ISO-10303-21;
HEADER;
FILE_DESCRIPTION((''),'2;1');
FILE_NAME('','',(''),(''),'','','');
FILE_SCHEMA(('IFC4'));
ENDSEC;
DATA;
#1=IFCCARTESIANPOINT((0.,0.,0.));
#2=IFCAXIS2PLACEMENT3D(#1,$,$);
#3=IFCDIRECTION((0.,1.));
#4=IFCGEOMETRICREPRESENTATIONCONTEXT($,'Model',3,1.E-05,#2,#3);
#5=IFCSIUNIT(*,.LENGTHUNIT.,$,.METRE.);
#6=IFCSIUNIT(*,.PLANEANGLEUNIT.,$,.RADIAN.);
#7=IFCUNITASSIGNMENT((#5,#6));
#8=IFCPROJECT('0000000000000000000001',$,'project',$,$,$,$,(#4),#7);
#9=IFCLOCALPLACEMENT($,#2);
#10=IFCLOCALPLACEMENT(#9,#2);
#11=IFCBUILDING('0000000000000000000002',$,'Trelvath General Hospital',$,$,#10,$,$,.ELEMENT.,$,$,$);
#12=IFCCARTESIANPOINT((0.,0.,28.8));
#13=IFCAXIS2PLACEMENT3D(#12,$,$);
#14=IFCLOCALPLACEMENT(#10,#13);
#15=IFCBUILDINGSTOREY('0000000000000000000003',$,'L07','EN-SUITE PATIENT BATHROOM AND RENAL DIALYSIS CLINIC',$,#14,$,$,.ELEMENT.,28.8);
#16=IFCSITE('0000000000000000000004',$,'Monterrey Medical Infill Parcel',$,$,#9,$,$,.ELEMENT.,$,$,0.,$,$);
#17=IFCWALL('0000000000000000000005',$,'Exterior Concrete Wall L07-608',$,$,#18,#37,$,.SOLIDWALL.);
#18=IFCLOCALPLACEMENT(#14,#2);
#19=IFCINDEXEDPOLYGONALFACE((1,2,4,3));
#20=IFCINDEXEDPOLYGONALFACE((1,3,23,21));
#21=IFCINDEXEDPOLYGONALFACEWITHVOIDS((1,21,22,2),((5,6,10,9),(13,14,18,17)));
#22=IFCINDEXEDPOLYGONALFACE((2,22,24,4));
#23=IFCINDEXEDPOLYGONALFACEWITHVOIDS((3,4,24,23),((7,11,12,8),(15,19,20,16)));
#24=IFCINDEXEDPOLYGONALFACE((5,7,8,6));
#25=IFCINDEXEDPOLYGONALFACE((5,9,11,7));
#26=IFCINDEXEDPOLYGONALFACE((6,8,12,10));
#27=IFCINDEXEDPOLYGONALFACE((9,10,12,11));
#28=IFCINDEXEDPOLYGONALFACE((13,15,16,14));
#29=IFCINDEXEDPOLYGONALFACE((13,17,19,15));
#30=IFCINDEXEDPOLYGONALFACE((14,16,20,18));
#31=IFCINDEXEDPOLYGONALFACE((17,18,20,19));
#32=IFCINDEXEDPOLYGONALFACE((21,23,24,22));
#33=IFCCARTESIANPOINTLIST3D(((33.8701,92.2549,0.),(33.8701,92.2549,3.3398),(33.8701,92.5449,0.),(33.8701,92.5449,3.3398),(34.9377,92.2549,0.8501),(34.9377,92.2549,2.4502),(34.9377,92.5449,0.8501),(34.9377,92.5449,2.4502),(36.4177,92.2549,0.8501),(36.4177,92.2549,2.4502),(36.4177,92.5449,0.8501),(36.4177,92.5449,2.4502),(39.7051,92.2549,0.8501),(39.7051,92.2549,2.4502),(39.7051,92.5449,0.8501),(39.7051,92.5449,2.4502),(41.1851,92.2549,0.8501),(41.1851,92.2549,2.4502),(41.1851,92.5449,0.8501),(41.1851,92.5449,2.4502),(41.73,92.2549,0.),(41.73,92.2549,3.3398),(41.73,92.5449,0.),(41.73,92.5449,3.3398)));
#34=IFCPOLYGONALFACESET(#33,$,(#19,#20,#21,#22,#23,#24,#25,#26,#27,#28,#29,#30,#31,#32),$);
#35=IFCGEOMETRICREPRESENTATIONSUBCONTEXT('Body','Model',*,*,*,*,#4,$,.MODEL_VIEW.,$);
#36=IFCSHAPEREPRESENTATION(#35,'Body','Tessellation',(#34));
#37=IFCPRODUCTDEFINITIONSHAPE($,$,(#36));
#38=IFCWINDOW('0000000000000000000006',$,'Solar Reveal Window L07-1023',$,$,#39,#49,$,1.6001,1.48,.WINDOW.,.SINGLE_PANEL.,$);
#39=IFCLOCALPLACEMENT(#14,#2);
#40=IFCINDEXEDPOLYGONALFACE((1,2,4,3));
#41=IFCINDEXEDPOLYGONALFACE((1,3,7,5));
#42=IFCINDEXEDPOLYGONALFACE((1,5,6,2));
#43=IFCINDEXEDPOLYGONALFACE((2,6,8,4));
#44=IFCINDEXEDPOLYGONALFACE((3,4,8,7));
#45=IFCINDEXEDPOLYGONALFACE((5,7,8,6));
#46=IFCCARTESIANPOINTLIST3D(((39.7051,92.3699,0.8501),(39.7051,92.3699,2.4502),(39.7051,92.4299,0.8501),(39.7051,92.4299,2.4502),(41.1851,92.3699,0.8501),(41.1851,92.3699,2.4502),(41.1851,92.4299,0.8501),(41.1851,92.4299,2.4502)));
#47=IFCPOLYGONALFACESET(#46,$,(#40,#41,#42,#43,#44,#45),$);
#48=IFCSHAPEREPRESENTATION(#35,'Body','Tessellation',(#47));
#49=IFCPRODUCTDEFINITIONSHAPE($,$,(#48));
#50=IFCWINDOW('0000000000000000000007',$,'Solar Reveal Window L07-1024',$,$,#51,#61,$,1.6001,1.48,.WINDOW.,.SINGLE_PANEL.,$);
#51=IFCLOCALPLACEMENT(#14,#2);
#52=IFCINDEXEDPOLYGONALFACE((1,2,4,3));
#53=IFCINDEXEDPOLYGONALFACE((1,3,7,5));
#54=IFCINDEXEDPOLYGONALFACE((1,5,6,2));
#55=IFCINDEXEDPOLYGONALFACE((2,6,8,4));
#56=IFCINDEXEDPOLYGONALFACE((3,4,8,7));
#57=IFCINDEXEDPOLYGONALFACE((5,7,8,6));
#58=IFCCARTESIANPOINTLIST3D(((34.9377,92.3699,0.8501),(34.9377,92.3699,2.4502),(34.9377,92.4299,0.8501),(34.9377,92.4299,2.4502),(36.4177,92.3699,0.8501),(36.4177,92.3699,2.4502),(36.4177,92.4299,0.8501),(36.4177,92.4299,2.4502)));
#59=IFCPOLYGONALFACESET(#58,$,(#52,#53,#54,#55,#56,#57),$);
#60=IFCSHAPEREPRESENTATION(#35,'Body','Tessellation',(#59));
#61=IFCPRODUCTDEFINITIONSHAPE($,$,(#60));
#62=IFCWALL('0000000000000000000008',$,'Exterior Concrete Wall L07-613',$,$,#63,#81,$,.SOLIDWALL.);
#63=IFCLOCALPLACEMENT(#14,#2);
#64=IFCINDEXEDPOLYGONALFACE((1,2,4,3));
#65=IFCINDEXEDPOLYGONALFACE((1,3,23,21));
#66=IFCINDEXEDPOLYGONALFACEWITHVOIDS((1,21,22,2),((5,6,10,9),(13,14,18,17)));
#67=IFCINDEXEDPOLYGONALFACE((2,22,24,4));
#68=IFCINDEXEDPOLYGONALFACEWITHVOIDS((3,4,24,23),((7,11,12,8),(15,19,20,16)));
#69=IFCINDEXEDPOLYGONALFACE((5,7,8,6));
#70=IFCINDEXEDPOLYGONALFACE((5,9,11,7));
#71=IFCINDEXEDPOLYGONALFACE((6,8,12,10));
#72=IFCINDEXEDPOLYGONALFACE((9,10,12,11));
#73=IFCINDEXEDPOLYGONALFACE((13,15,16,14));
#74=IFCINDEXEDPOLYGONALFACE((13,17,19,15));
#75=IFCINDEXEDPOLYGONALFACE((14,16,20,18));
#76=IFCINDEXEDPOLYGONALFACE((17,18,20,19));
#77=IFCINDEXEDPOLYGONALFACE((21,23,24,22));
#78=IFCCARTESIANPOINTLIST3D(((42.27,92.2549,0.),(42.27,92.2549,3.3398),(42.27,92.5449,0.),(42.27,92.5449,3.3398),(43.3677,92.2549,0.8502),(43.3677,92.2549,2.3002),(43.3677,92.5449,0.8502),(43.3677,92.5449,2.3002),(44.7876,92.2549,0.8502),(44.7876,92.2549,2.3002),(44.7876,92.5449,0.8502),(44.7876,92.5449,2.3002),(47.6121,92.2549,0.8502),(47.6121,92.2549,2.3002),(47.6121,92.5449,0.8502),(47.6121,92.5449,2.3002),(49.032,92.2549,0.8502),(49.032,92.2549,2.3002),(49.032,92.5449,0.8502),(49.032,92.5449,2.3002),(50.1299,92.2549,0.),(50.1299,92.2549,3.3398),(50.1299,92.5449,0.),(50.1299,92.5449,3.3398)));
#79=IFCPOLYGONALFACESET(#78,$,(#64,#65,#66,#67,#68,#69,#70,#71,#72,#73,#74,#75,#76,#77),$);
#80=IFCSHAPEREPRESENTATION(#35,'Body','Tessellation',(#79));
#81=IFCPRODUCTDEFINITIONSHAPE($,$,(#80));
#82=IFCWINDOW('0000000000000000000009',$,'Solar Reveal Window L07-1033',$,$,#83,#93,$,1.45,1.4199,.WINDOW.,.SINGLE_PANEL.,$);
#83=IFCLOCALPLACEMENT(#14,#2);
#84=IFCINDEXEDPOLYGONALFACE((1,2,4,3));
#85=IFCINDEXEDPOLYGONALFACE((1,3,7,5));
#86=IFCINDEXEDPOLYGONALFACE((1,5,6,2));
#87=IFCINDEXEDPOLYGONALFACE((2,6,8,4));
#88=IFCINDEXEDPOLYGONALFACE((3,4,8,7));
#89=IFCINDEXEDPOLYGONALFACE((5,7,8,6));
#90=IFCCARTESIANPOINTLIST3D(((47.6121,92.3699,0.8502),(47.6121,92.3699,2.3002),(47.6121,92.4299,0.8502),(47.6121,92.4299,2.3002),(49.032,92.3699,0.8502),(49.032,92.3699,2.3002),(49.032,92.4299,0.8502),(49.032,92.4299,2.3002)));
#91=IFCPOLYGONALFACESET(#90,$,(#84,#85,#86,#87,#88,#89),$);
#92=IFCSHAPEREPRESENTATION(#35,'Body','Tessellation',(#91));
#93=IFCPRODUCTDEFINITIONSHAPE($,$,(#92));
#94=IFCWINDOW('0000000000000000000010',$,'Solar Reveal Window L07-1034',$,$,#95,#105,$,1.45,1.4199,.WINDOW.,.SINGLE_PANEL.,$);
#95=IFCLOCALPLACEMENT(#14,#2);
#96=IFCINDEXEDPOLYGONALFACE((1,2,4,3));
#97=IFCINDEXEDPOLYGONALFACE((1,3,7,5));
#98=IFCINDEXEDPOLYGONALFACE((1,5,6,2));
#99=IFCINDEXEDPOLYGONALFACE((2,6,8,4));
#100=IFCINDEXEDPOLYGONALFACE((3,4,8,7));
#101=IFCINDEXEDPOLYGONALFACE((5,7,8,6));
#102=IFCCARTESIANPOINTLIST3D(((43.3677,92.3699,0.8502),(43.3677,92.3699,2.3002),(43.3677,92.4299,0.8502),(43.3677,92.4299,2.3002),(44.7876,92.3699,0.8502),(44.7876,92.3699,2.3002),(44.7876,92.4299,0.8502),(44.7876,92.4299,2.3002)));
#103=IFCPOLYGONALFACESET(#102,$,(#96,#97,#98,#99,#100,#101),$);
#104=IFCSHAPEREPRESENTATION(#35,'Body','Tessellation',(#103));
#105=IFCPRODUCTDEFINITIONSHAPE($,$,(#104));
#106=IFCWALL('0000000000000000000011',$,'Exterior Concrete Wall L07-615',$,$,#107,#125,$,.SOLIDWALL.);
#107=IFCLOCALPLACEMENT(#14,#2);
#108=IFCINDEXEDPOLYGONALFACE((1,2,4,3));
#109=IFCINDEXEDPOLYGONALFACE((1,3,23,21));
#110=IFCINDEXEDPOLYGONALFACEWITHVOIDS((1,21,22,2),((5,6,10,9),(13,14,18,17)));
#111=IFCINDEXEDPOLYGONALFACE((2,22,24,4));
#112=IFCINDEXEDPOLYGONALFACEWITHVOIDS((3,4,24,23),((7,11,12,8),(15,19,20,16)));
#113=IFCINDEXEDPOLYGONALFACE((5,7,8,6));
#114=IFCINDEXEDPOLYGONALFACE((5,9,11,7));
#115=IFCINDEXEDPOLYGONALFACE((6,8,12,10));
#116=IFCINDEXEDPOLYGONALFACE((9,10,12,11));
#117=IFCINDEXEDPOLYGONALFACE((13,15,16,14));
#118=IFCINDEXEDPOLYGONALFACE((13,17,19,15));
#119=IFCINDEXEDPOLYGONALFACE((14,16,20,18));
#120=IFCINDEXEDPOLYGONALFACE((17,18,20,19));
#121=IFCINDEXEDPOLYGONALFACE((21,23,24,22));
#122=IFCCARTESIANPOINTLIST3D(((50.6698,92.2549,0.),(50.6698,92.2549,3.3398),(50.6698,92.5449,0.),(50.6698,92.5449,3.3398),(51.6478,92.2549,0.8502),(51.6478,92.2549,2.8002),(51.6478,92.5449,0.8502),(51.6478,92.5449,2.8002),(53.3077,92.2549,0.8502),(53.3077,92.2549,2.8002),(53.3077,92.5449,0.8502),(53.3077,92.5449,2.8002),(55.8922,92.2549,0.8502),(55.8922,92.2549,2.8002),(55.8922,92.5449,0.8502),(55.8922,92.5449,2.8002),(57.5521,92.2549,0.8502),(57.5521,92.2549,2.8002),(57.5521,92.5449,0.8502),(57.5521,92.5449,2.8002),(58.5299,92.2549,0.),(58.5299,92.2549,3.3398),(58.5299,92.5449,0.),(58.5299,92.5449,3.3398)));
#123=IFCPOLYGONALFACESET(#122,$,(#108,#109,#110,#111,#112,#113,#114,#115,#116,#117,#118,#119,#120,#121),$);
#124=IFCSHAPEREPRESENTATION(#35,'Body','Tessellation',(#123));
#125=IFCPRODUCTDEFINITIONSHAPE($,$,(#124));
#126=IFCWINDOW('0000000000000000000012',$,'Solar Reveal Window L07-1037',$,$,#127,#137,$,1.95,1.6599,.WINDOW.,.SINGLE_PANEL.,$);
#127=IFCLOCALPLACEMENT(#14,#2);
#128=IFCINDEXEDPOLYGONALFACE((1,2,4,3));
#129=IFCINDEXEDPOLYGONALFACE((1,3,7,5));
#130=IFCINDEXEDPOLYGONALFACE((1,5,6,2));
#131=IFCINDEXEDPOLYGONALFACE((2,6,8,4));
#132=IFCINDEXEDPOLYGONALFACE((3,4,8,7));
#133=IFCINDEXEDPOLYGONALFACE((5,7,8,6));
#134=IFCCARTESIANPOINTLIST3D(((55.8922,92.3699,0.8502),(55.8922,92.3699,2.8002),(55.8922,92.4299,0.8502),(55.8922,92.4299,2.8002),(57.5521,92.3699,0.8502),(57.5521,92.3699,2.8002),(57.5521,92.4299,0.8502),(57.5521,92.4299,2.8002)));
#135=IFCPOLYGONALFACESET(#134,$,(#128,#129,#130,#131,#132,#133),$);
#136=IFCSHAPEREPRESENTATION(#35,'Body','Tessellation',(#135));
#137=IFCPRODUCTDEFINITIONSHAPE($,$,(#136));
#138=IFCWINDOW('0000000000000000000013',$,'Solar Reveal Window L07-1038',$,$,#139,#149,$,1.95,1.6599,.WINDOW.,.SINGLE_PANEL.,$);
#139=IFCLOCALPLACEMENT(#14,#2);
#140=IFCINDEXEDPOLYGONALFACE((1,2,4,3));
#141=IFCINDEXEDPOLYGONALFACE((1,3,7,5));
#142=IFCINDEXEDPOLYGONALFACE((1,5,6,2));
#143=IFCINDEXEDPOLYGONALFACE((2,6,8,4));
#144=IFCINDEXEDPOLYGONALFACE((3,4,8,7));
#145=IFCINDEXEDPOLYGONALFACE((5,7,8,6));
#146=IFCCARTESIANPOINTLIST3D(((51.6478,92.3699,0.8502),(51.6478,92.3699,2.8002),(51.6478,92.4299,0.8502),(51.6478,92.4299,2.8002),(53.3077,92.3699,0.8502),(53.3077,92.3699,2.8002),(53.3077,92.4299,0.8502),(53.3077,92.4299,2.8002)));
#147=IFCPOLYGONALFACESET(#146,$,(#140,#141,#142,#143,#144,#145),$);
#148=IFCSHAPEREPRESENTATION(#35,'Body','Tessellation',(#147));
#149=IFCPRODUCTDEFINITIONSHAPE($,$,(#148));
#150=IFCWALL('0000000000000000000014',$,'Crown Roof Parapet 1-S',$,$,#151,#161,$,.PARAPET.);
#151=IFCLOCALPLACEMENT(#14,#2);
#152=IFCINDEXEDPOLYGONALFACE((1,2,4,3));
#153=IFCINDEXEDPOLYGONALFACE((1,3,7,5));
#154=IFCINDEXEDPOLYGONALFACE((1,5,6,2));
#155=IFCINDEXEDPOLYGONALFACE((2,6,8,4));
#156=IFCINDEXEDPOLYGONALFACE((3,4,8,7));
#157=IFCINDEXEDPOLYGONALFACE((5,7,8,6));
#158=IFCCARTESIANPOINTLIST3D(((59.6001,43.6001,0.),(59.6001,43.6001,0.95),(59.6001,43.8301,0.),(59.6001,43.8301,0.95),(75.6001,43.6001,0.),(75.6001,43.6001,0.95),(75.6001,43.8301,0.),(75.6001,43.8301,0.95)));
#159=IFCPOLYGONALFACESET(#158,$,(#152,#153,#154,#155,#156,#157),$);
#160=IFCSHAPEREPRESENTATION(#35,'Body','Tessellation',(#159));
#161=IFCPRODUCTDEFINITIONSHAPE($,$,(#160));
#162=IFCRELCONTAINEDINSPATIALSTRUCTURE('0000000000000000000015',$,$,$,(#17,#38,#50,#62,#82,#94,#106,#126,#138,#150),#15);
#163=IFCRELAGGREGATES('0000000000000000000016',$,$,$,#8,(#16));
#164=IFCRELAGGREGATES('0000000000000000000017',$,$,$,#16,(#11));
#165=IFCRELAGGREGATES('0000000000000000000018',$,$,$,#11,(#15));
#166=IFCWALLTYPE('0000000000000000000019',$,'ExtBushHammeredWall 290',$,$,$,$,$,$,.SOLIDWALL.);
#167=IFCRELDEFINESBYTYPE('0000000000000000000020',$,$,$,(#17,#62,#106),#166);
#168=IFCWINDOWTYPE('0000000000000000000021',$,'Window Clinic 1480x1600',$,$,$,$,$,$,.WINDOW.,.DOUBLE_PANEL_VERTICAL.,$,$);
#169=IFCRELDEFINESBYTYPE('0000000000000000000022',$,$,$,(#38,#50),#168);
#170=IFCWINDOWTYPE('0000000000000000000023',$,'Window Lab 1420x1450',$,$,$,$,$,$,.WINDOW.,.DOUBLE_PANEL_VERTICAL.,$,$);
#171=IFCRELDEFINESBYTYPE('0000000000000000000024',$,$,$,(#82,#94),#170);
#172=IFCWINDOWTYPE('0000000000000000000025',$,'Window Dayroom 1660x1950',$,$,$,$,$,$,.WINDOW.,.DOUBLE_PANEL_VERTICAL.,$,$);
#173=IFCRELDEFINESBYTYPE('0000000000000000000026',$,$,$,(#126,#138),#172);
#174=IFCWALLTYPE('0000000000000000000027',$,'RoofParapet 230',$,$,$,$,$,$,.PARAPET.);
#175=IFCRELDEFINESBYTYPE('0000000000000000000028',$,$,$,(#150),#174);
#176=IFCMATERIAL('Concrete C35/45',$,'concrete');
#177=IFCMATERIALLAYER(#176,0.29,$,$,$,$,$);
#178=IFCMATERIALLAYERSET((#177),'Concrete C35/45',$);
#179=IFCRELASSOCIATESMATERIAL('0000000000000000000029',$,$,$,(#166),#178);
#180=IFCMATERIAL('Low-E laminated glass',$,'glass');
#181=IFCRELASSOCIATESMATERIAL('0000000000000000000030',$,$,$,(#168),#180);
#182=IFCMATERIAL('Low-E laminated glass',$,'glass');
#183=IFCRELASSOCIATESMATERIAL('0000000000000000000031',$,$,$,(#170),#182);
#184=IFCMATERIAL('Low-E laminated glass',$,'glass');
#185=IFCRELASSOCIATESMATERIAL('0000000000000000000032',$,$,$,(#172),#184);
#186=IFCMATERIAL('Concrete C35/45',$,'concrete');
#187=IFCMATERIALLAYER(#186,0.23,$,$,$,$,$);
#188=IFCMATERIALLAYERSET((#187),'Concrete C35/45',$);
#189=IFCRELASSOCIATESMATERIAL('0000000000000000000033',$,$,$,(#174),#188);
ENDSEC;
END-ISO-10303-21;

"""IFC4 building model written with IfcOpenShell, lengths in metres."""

from ifc_helpers import new_model, si_unit, direction, frame, frame_2d, origin, place, context, subcontext, project, spatial, rectangle, extrude, material, layer, layer_set, type_object, element, fill, save


model = new_model("IFC4")

# Units and contexts
model_context = context("Model", 3, precision=1e-05, world=origin(), true_north=direction((0.0, 1.0)))
body_context = subcontext(model_context, "Body", "Model", "MODEL_VIEW")
ifc_project = project(units=[si_unit("LENGTHUNIT", "METRE"), si_unit("PLANEANGLEUNIT", "RADIAN")], contexts=[model_context])

# Site, building, storey
site_placement = place(None, origin())
site = spatial("IfcSite", under=ifc_project, at=site_placement, Name="Monterrey Medical Infill Parcel", CompositionType="ELEMENT", RefElevation=0.0)
building_placement = place(site_placement, origin())
building = spatial("IfcBuilding", under=site, at=building_placement, Name="Trelvath General Hospital", CompositionType="ELEMENT")
storey_placement = place(building_placement, frame((0.0, 0.0, 28.8)))
storey = spatial("IfcBuildingStorey", under=building, at=storey_placement, Name="L07", Description="EN-SUITE PATIENT BATHROOM AND RENAL DIALYSIS CLINIC", CompositionType="ELEMENT", Elevation=28.8)

# Walls, openings, windows
ifc_material_1 = material(Name="Concrete C35/45", Category="concrete")
ifc_layer_1 = layer(ifc_material_1, 0.29)
ifc_layer_set_1 = layer_set([ifc_layer_1], Name="Concrete C35/45")
wall_type_1 = type_object("IfcWallType", Name="ExtBushHammeredWall 290", PredefinedType="SOLIDWALL", material=ifc_layer_set_1)
wall_1_placement = place(storey_placement, frame((41.73, 92.3999, 0.0), z_axis=(0.0, 0.0, 1.0), x_axis=(-1.0, 0.0, 0.0)))
wall_1 = element("IfcWall", 1, at=wall_1_placement, inside=storey, type_object=wall_type_1, Name="Exterior Concrete Wall L07-608", PredefinedType="SOLIDWALL", context=body_context, shape_type="SweptSolid", body=[
    extrude(rectangle(XDim=7.8599, YDim=0.29, at=frame_2d((3.9299, 0.0))), origin(), (0.0, 0.0, 1.0), 3.3398),
])
opening_1_placement = place(wall_1_placement, frame((0.5449, 0.0, 0.8501)))
opening_1 = element("IfcOpeningElement", 2, at=opening_1_placement, cuts=wall_1, PredefinedType="OPENING", context=body_context, shape_type="SweptSolid", body=[
    extrude(rectangle(XDim=1.48, YDim=1.6001, at=frame_2d((0.74, 0.8))), frame((0.0, 0.155, 0.0), z_axis=(0.0, -1.0, 0.0), x_axis=(1.0, 0.0, 0.0)), (0.0, 0.0, 1.0), 0.3101),
])
opening_2_placement = place(wall_1_placement, frame((5.3123, 0.0, 0.8501)))
opening_2 = element("IfcOpeningElement", 3, at=opening_2_placement, cuts=wall_1, PredefinedType="OPENING", context=body_context, shape_type="SweptSolid", body=[
    extrude(rectangle(XDim=1.48, YDim=1.6001, at=frame_2d((0.74, 0.8))), frame((0.0, 0.155, 0.0), z_axis=(0.0, -1.0, 0.0), x_axis=(1.0, 0.0, 0.0)), (0.0, 0.0, 1.0), 0.3101),
])
ifc_material_2 = material(Name="Low-E laminated glass", Category="glass")
window_type_1 = type_object("IfcWindowType", Name="Window Clinic 1480x1600", PartitioningType="DOUBLE_PANEL_VERTICAL", PredefinedType="WINDOW", material=ifc_material_2)
window_1_placement = place(opening_1_placement, origin())
window_1 = element("IfcWindow", 4, at=window_1_placement, inside=storey, type_object=window_type_1, Name="Solar Reveal Window L07-1023", OverallHeight=1.6001, OverallWidth=1.48, PartitioningType="SINGLE_PANEL", PredefinedType="WINDOW", context=body_context, shape_type="SweptSolid", body=[
    extrude(rectangle(XDim=1.48, YDim=1.6001, at=frame_2d((0.74, 0.8))), frame((0.0, 0.03, 0.0), z_axis=(0.0, -1.0, 0.0), x_axis=(1.0, 0.0, 0.0)), (0.0, 0.0, 1.0), 0.0601),
])
fill(opening_1, window_1)
window_2_placement = place(opening_2_placement, origin())
window_2 = element("IfcWindow", 5, at=window_2_placement, inside=storey, type_object=window_type_1, Name="Solar Reveal Window L07-1024", OverallHeight=1.6001, OverallWidth=1.48, PartitioningType="SINGLE_PANEL", PredefinedType="WINDOW", context=body_context, shape_type="SweptSolid", body=[
    extrude(rectangle(XDim=1.48, YDim=1.6001, at=frame_2d((0.74, 0.8))), frame((0.0, 0.03, 0.0), z_axis=(0.0, -1.0, 0.0), x_axis=(1.0, 0.0, 0.0)), (0.0, 0.0, 1.0), 0.0601),
])
fill(opening_2, window_2)
wall_2_placement = place(storey_placement, frame((50.1299, 92.3999, 0.0), z_axis=(0.0, 0.0, 1.0), x_axis=(-1.0, 0.0, 0.0)))
wall_2 = element("IfcWall", 6, at=wall_2_placement, inside=storey, type_object=wall_type_1, Name="Exterior Concrete Wall L07-613", PredefinedType="SOLIDWALL", context=body_context, shape_type="SweptSolid", body=[
    extrude(rectangle(XDim=7.8599, YDim=0.29, at=frame_2d((3.9299, 0.0))), origin(), (0.0, 0.0, 1.0), 3.3398),
])
opening_3_placement = place(wall_2_placement, frame((1.0979, 0.0, 0.8501)))
opening_3 = element("IfcOpeningElement", 7, at=opening_3_placement, cuts=wall_2, PredefinedType="OPENING", context=body_context, shape_type="SweptSolid", body=[
    extrude(rectangle(XDim=1.4199, YDim=1.45, at=frame_2d((0.71, 0.7251))), frame((0.0, 0.155, 0.0), z_axis=(0.0, -1.0, 0.0), x_axis=(1.0, 0.0, 0.0)), (0.0, 0.0, 1.0), 0.3101),
])
opening_4_placement = place(wall_2_placement, frame((5.3423, 0.0, 0.8501)))
opening_4 = element("IfcOpeningElement", 8, at=opening_4_placement, cuts=wall_2, PredefinedType="OPENING", context=body_context, shape_type="SweptSolid", body=[
    extrude(rectangle(XDim=1.4199, YDim=1.45, at=frame_2d((0.71, 0.7251))), frame((0.0, 0.155, 0.0), z_axis=(0.0, -1.0, 0.0), x_axis=(1.0, 0.0, 0.0)), (0.0, 0.0, 1.0), 0.3101),
])
ifc_material_3 = material(Name="Low-E laminated glass", Category="glass")
window_type_2 = type_object("IfcWindowType", Name="Window Lab 1420x1450", PartitioningType="DOUBLE_PANEL_VERTICAL", PredefinedType="WINDOW", material=ifc_material_3)
window_3_placement = place(opening_3_placement, origin())
window_3 = element("IfcWindow", 9, at=window_3_placement, inside=storey, type_object=window_type_2, Name="Solar Reveal Window L07-1033", OverallHeight=1.45, OverallWidth=1.4199, PartitioningType="SINGLE_PANEL", PredefinedType="WINDOW", context=body_context, shape_type="SweptSolid", body=[
    extrude(rectangle(XDim=1.4199, YDim=1.45, at=frame_2d((0.71, 0.7251))), frame((0.0, 0.03, 0.0), z_axis=(0.0, -1.0, 0.0), x_axis=(1.0, 0.0, 0.0)), (0.0, 0.0, 1.0), 0.0601),
])
fill(opening_3, window_3)
window_4_placement = place(opening_4_placement, origin())
window_4 = element("IfcWindow", 10, at=window_4_placement, inside=storey, type_object=window_type_2, Name="Solar Reveal Window L07-1034", OverallHeight=1.45, OverallWidth=1.4199, PartitioningType="SINGLE_PANEL", PredefinedType="WINDOW", context=body_context, shape_type="SweptSolid", body=[
    extrude(rectangle(XDim=1.4199, YDim=1.45, at=frame_2d((0.71, 0.7251))), frame((0.0, 0.03, 0.0), z_axis=(0.0, -1.0, 0.0), x_axis=(1.0, 0.0, 0.0)), (0.0, 0.0, 1.0), 0.0601),
])
fill(opening_4, window_4)
wall_3_placement = place(storey_placement, frame((58.53, 92.3999, 0.0), z_axis=(0.0, 0.0, 1.0), x_axis=(-1.0, 0.0, 0.0)))
wall_3 = element("IfcWall", 11, at=wall_3_placement, inside=storey, type_object=wall_type_1, Name="Exterior Concrete Wall L07-615", PredefinedType="SOLIDWALL", context=body_context, shape_type="SweptSolid", body=[
    extrude(rectangle(XDim=7.8601, YDim=0.29, at=frame_2d((3.9302, 0.0))), origin(), (0.0, 0.0, 1.0), 3.3398),
])
opening_5_placement = place(wall_3_placement, frame((0.9778, 0.0, 0.8501)))
opening_5 = element("IfcOpeningElement", 12, at=opening_5_placement, cuts=wall_3, PredefinedType="OPENING", context=body_context, shape_type="SweptSolid", body=[
    extrude(rectangle(XDim=1.6599, YDim=1.95, at=frame_2d((0.8301, 0.9751))), frame((0.0, 0.155, 0.0), z_axis=(0.0, -1.0, 0.0), x_axis=(1.0, 0.0, 0.0)), (0.0, 0.0, 1.0), 0.3101),
])
opening_6_placement = place(wall_3_placement, frame((5.2222, 0.0, 0.8501)))
opening_6 = element("IfcOpeningElement", 13, at=opening_6_placement, cuts=wall_3, PredefinedType="OPENING", context=body_context, shape_type="SweptSolid", body=[
    extrude(rectangle(XDim=1.6599, YDim=1.95, at=frame_2d((0.8301, 0.9751))), frame((0.0, 0.155, 0.0), z_axis=(0.0, -1.0, 0.0), x_axis=(1.0, 0.0, 0.0)), (0.0, 0.0, 1.0), 0.3101),
])
ifc_material_4 = material(Name="Low-E laminated glass", Category="glass")
window_type_3 = type_object("IfcWindowType", Name="Window Dayroom 1660x1950", PartitioningType="DOUBLE_PANEL_VERTICAL", PredefinedType="WINDOW", material=ifc_material_4)
window_5_placement = place(opening_5_placement, origin())
window_5 = element("IfcWindow", 14, at=window_5_placement, inside=storey, type_object=window_type_3, Name="Solar Reveal Window L07-1037", OverallHeight=1.95, OverallWidth=1.6599, PartitioningType="SINGLE_PANEL", PredefinedType="WINDOW", context=body_context, shape_type="SweptSolid", body=[
    extrude(rectangle(XDim=1.6599, YDim=1.95, at=frame_2d((0.8301, 0.9751))), frame((0.0, 0.03, 0.0), z_axis=(0.0, -1.0, 0.0), x_axis=(1.0, 0.0, 0.0)), (0.0, 0.0, 1.0), 0.0601),
])
fill(opening_5, window_5)
window_6_placement = place(opening_6_placement, origin())
window_6 = element("IfcWindow", 15, at=window_6_placement, inside=storey, type_object=window_type_3, Name="Solar Reveal Window L07-1038", OverallHeight=1.95, OverallWidth=1.6599, PartitioningType="SINGLE_PANEL", PredefinedType="WINDOW", context=body_context, shape_type="SweptSolid", body=[
    extrude(rectangle(XDim=1.6599, YDim=1.95, at=frame_2d((0.8301, 0.9751))), frame((0.0, 0.03, 0.0), z_axis=(0.0, -1.0, 0.0), x_axis=(1.0, 0.0, 0.0)), (0.0, 0.0, 1.0), 0.0601),
])
fill(opening_6, window_6)

# Wall
ifc_material_5 = material(Name="Concrete C35/45", Category="concrete")
ifc_layer_2 = layer(ifc_material_5, 0.23)
ifc_layer_set_2 = layer_set([ifc_layer_2], Name="Concrete C35/45")
wall_type_2 = type_object("IfcWallType", Name="RoofParapet 230", PredefinedType="PARAPET", material=ifc_layer_set_2)
for number, where, z_axis, x_axis, name in (
    (16, (59.6001, 43.7151, 0.0), (0.0, 0.0, 1.0), (1.0, 0.0, 0.0), "Crown Roof Parapet 1-S"),
):
    element("IfcWall", number, at=place(storey_placement, frame(where, z_axis=z_axis, x_axis=x_axis)), inside=storey, type_object=wall_type_2, Name=name, PredefinedType="PARAPET", context=body_context, shape_type="SweptSolid", body=[
        extrude(rectangle(XDim=16.0, YDim=0.23, at=frame_2d((8.0, 0.0))), origin(), (0.0, 0.0, 1.0), 0.95),
    ])

save(model, "model.ifc")
